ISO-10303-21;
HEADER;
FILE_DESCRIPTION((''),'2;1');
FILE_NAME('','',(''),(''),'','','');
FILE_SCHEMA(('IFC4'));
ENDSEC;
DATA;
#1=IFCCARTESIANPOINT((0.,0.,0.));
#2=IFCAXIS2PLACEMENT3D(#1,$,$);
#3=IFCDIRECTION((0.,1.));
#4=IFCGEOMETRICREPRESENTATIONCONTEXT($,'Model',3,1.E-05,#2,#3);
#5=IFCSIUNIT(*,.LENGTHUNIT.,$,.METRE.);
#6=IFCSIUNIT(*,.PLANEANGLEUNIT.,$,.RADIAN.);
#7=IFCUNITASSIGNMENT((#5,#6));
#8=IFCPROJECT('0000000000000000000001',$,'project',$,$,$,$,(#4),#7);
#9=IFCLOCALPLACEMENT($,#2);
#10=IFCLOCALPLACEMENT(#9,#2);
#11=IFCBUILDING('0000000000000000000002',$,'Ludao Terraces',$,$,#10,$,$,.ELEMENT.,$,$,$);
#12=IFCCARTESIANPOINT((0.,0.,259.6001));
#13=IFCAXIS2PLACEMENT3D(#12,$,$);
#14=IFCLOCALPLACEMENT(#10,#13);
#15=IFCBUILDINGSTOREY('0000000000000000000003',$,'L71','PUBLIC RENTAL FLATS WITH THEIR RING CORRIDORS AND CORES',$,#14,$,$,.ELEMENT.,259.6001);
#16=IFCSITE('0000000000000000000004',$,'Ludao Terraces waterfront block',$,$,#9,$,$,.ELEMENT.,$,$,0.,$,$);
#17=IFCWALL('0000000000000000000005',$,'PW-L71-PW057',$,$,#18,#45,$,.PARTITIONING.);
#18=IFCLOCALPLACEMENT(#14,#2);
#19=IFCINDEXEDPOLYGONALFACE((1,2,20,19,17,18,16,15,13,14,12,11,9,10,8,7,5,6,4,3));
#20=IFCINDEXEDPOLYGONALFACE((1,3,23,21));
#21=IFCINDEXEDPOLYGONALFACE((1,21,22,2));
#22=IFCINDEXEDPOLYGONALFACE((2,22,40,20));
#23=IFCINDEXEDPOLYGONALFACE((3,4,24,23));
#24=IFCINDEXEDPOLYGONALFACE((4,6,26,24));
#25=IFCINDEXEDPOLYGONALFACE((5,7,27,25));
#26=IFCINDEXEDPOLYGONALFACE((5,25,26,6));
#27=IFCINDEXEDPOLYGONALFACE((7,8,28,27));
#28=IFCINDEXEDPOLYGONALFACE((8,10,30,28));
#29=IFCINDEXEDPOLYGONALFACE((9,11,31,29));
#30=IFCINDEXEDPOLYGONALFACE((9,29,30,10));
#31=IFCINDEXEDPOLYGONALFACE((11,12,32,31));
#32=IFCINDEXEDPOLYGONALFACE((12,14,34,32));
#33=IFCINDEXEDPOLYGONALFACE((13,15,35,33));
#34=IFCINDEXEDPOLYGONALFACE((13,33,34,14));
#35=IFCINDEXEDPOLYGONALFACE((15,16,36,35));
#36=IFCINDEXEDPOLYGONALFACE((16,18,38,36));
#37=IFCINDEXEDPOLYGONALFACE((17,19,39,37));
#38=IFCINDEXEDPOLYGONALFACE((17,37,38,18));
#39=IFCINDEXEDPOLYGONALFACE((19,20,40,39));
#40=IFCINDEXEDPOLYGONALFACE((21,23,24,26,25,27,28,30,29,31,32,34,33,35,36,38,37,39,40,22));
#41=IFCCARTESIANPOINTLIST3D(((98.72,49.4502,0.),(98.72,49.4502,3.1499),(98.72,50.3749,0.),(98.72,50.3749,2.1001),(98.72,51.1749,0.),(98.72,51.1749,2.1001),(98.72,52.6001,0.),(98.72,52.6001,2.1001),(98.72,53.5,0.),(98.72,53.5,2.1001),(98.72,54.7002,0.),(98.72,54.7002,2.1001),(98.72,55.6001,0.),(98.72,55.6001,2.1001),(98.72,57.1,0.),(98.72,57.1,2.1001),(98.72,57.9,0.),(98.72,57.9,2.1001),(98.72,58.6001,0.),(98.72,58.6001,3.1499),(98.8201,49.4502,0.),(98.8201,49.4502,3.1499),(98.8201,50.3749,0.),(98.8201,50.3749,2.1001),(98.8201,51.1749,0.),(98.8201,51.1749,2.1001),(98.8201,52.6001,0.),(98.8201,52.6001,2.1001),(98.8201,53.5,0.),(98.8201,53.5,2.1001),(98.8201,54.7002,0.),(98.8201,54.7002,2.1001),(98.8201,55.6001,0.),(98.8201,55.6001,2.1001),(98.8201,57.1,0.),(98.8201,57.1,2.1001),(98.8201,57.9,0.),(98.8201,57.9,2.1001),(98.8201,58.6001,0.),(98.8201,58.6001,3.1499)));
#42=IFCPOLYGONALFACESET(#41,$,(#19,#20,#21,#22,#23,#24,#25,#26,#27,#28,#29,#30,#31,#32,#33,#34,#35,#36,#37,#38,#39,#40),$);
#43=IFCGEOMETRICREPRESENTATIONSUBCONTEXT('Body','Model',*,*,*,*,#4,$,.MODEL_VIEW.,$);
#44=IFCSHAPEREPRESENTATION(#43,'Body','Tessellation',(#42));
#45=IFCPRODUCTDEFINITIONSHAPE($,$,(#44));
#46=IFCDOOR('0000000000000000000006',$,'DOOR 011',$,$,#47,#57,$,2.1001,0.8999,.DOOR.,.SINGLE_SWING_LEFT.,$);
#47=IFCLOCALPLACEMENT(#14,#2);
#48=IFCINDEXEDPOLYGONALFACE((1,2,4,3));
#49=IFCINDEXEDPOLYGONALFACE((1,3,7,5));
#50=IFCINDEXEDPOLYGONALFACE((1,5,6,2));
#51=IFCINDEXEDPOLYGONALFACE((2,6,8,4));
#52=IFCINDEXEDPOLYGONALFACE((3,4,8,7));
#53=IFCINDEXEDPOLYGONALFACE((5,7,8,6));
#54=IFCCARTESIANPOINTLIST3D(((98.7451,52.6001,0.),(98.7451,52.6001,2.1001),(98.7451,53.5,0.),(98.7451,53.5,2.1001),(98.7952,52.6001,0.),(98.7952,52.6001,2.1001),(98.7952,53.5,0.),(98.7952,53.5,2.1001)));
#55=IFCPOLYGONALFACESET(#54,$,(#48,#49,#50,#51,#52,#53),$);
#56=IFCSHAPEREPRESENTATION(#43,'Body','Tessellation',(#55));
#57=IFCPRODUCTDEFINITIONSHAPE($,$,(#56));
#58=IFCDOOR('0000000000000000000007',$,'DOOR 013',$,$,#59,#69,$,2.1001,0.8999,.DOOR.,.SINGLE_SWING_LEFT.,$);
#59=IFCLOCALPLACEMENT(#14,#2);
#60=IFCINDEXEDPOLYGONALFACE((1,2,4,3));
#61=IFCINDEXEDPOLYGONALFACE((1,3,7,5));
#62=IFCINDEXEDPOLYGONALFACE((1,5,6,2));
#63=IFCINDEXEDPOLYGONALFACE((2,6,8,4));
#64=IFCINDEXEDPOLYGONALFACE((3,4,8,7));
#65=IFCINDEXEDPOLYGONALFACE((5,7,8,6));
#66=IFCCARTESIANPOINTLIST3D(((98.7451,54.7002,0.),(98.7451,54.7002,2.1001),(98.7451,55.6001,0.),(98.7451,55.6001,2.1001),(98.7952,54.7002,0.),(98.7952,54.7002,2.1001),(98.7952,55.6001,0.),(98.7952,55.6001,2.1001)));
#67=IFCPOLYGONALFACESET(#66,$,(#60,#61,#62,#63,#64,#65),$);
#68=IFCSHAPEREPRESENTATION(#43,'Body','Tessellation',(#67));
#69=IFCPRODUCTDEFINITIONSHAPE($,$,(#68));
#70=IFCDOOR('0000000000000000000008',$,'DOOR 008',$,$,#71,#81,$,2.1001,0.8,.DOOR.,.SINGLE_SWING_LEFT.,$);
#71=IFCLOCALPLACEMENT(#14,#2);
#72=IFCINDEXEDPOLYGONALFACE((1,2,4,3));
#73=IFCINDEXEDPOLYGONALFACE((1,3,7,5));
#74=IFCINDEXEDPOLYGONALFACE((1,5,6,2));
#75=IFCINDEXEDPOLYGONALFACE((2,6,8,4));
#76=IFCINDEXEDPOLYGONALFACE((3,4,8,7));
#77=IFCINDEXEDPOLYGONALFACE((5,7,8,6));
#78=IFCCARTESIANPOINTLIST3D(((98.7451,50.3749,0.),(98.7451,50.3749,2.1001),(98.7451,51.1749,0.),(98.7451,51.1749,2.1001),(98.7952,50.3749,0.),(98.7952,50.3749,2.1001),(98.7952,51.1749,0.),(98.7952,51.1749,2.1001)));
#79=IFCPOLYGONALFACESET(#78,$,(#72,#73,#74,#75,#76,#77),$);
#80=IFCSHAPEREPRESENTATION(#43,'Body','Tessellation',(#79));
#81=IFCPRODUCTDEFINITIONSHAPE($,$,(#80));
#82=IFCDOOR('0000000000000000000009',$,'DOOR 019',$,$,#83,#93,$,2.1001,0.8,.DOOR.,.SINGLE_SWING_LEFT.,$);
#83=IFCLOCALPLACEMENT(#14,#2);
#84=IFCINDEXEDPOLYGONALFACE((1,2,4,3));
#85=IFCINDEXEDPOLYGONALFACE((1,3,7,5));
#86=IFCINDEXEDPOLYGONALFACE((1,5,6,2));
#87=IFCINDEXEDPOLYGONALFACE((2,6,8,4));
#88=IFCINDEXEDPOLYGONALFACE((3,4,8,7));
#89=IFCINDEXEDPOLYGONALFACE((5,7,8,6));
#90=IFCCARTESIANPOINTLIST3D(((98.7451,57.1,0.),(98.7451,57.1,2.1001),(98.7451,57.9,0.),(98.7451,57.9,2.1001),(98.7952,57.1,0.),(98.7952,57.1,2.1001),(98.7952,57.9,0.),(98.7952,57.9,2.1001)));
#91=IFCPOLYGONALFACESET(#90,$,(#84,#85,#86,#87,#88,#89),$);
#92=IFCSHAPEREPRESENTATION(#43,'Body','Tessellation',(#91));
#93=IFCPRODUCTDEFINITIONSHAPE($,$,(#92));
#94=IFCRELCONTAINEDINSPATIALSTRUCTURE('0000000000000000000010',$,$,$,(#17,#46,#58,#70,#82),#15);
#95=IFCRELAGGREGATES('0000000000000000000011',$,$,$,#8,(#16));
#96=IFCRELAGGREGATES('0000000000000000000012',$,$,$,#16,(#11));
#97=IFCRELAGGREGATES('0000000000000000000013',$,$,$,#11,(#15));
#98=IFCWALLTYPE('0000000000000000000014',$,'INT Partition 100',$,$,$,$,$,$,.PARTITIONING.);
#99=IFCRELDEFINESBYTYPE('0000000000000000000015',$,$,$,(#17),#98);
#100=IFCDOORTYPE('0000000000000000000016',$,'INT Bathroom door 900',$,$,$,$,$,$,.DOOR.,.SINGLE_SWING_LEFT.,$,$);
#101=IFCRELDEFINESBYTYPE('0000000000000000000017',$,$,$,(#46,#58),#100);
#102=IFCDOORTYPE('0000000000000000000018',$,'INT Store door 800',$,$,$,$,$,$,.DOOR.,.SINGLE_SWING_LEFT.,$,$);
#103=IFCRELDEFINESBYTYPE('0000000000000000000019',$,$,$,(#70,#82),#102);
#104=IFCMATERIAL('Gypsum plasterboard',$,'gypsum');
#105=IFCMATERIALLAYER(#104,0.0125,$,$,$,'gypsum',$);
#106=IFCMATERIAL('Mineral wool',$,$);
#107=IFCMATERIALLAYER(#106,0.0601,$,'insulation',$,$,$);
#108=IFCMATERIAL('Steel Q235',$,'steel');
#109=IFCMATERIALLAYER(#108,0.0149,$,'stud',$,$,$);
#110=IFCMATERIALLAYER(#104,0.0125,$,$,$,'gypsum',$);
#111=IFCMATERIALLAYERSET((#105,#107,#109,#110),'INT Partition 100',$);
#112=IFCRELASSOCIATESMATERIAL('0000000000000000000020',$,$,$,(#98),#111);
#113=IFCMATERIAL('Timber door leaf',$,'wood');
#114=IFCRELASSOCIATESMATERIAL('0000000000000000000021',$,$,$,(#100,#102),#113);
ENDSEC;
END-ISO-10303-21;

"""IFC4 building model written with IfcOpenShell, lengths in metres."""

from ifc_helpers import new_model, si_unit, direction, frame, frame_2d, origin, place, context, subcontext, project, spatial, rectangle, extrude, material, layer, layer_set, type_object, element, fill, save


model = new_model("IFC4")

# Units and contexts
model_context = context("Model", 3, precision=1e-05, world=origin(), true_north=direction((0.0, 1.0)))
body_context = subcontext(model_context, "Body", "Model", "MODEL_VIEW")
ifc_project = project(units=[si_unit("LENGTHUNIT", "METRE"), si_unit("PLANEANGLEUNIT", "RADIAN")], contexts=[model_context])

# Site, building, storey
site_placement = place(None, origin())
site = spatial("IfcSite", under=ifc_project, at=site_placement, Name="Ludao Terraces waterfront block", CompositionType="ELEMENT", RefElevation=0.0)
building_placement = place(site_placement, origin())
building = spatial("IfcBuilding", under=site, at=building_placement, Name="Ludao Terraces", CompositionType="ELEMENT")
storey_placement = place(building_placement, frame((0.0, 0.0, 259.6001)))
storey = spatial("IfcBuildingStorey", under=building, at=storey_placement, Name="L71", Description="PUBLIC RENTAL FLATS WITH THEIR RING CORRIDORS AND CORES", CompositionType="ELEMENT", Elevation=259.6001)

# Shared definitions
ifc_material_1 = material(Name="Steel Q235", Category="steel")

# Shared definitions
ifc_material_2 = material(Name="Gypsum plasterboard", Category="gypsum")
ifc_layer_1 = layer(ifc_material_2, 0.0125, Category="gypsum")
ifc_material_3 = material(Name="Mineral wool")
ifc_layer_2 = layer(ifc_material_3, 0.0601, Name="insulation")
ifc_layer_3 = layer(ifc_material_1, 0.0149, Name="stud")
ifc_layer_4 = layer(ifc_material_2, 0.0125, Category="gypsum")
ifc_layer_set_1 = layer_set([ifc_layer_1, ifc_layer_2, ifc_layer_3, ifc_layer_4], Name="INT Partition 100")
wall_type_1 = type_object("IfcWallType", Name="INT Partition 100", PredefinedType="PARTITIONING", material=ifc_layer_set_1)

# Wall, openings, doors
wall_1_placement = place(storey_placement, frame((98.77, 49.4502, 0.0), z_axis=(0.0, 0.0, 1.0), x_axis=(0.0, 1.0, 0.0)))
wall_1 = element("IfcWall", 1, at=wall_1_placement, inside=storey, type_object=wall_type_1, Name="PW-L71-PW057", PredefinedType="PARTITIONING", context=body_context, shape_type="SweptSolid", body=[
    extrude(rectangle(XDim=9.1499, YDim=0.1001, at=frame_2d((4.575, 0.0))), origin(), (0.0, 0.0, 1.0), 3.1499),
])
opening_1_placement = place(wall_1_placement, frame((0.9248, 0.0, 0.0)))
opening_1 = element("IfcOpeningElement", 2, at=opening_1_placement, cuts=wall_1, PredefinedType="OPENING", context=body_context, shape_type="SweptSolid", body=[
    extrude(rectangle(XDim=0.8, YDim=2.1001, at=frame_2d((0.3999, 1.05))), frame((0.0, 0.0601, 0.0), z_axis=(0.0, -1.0, 0.0), x_axis=(1.0, 0.0, 0.0)), (0.0, 0.0, 1.0), 0.1201),
])
opening_2_placement = place(wall_1_placement, frame((3.1499, 0.0, 0.0)))
opening_2 = element("IfcOpeningElement", 3, at=opening_2_placement, cuts=wall_1, PredefinedType="OPENING", context=body_context, shape_type="SweptSolid", body=[
    extrude(rectangle(XDim=0.8999, YDim=2.1001, at=frame_2d((0.45, 1.05))), frame((0.0, 0.0601, 0.0), z_axis=(0.0, -1.0, 0.0), x_axis=(1.0, 0.0, 0.0)), (0.0, 0.0, 1.0), 0.1201),
])
opening_3_placement = place(wall_1_placement, frame((5.25, 0.0, 0.0)))
opening_3 = element("IfcOpeningElement", 4, at=opening_3_placement, cuts=wall_1, PredefinedType="OPENING", context=body_context, shape_type="SweptSolid", body=[
    extrude(rectangle(XDim=0.8999, YDim=2.1001, at=frame_2d((0.45, 1.05))), frame((0.0, 0.0601, 0.0), z_axis=(0.0, -1.0, 0.0), x_axis=(1.0, 0.0, 0.0)), (0.0, 0.0, 1.0), 0.1201),
])
opening_4_placement = place(wall_1_placement, frame((7.6499, 0.0, 0.0)))
opening_4 = element("IfcOpeningElement", 5, at=opening_4_placement, cuts=wall_1, PredefinedType="OPENING", context=body_context, shape_type="SweptSolid", body=[
    extrude(rectangle(XDim=0.8, YDim=2.1001, at=frame_2d((0.3999, 1.05))), frame((0.0, 0.0601, 0.0), z_axis=(0.0, -1.0, 0.0), x_axis=(1.0, 0.0, 0.0)), (0.0, 0.0, 1.0), 0.1201),
])
ifc_material_4 = material(Name="Timber door leaf", Category="wood")
door_type_1 = type_object("IfcDoorType", Name="INT Bathroom door 900", OperationType="SINGLE_SWING_LEFT", PredefinedType="DOOR", material=ifc_material_4)
door_1_placement = place(opening_2_placement, origin())
door_1 = element("IfcDoor", 6, at=door_1_placement, inside=storey, type_object=door_type_1, Name="DOOR 011", OperationType="SINGLE_SWING_LEFT", OverallHeight=2.1001, OverallWidth=0.8999, PredefinedType="DOOR", context=body_context, shape_type="SweptSolid", body=[
    extrude(rectangle(XDim=0.8999, YDim=2.1001, at=frame_2d((0.45, 1.05))), frame((0.0, 0.0249, 0.0), z_axis=(0.0, -1.0, 0.0), x_axis=(1.0, 0.0, 0.0)), (0.0, 0.0, 1.0), 0.05),
])
fill(opening_2, door_1)
door_2_placement = place(opening_3_placement, origin())
door_2 = element("IfcDoor", 7, at=door_2_placement, inside=storey, type_object=door_type_1, Name="DOOR 013", OperationType="SINGLE_SWING_LEFT", OverallHeight=2.1001, OverallWidth=0.8999, PredefinedType="DOOR", context=body_context, shape_type="SweptSolid", body=[
    extrude(rectangle(XDim=0.8999, YDim=2.1001, at=frame_2d((0.45, 1.05))), frame((0.0, 0.0249, 0.0), z_axis=(0.0, -1.0, 0.0), x_axis=(1.0, 0.0, 0.0)), (0.0, 0.0, 1.0), 0.05),
])
fill(opening_3, door_2)
door_type_2 = type_object("IfcDoorType", Name="INT Store door 800", OperationType="SINGLE_SWING_LEFT", PredefinedType="DOOR", material=ifc_material_4)
door_3_placement = place(opening_1_placement, origin())
door_3 = element("IfcDoor", 8, at=door_3_placement, inside=storey, type_object=door_type_2, Name="DOOR 008", OperationType="SINGLE_SWING_LEFT", OverallHeight=2.1001, OverallWidth=0.8, PredefinedType="DOOR", context=body_context, shape_type="SweptSolid", body=[
    extrude(rectangle(XDim=0.8, YDim=2.1001, at=frame_2d((0.3999, 1.05))), frame((0.0, 0.0249, 0.0), z_axis=(0.0, -1.0, 0.0), x_axis=(1.0, 0.0, 0.0)), (0.0, 0.0, 1.0), 0.05),
])
fill(opening_1, door_3)
door_4_placement = place(opening_4_placement, origin())
door_4 = element("IfcDoor", 9, at=door_4_placement, inside=storey, type_object=door_type_2, Name="DOOR 019", OperationType="SINGLE_SWING_LEFT", OverallHeight=2.1001, OverallWidth=0.8, PredefinedType="DOOR", context=body_context, shape_type="SweptSolid", body=[
    extrude(rectangle(XDim=0.8, YDim=2.1001, at=frame_2d((0.3999, 1.05))), frame((0.0, 0.0249, 0.0), z_axis=(0.0, -1.0, 0.0), x_axis=(1.0, 0.0, 0.0)), (0.0, 0.0, 1.0), 0.05),
])
fill(opening_4, door_4)

save(model, "model.ifc")
